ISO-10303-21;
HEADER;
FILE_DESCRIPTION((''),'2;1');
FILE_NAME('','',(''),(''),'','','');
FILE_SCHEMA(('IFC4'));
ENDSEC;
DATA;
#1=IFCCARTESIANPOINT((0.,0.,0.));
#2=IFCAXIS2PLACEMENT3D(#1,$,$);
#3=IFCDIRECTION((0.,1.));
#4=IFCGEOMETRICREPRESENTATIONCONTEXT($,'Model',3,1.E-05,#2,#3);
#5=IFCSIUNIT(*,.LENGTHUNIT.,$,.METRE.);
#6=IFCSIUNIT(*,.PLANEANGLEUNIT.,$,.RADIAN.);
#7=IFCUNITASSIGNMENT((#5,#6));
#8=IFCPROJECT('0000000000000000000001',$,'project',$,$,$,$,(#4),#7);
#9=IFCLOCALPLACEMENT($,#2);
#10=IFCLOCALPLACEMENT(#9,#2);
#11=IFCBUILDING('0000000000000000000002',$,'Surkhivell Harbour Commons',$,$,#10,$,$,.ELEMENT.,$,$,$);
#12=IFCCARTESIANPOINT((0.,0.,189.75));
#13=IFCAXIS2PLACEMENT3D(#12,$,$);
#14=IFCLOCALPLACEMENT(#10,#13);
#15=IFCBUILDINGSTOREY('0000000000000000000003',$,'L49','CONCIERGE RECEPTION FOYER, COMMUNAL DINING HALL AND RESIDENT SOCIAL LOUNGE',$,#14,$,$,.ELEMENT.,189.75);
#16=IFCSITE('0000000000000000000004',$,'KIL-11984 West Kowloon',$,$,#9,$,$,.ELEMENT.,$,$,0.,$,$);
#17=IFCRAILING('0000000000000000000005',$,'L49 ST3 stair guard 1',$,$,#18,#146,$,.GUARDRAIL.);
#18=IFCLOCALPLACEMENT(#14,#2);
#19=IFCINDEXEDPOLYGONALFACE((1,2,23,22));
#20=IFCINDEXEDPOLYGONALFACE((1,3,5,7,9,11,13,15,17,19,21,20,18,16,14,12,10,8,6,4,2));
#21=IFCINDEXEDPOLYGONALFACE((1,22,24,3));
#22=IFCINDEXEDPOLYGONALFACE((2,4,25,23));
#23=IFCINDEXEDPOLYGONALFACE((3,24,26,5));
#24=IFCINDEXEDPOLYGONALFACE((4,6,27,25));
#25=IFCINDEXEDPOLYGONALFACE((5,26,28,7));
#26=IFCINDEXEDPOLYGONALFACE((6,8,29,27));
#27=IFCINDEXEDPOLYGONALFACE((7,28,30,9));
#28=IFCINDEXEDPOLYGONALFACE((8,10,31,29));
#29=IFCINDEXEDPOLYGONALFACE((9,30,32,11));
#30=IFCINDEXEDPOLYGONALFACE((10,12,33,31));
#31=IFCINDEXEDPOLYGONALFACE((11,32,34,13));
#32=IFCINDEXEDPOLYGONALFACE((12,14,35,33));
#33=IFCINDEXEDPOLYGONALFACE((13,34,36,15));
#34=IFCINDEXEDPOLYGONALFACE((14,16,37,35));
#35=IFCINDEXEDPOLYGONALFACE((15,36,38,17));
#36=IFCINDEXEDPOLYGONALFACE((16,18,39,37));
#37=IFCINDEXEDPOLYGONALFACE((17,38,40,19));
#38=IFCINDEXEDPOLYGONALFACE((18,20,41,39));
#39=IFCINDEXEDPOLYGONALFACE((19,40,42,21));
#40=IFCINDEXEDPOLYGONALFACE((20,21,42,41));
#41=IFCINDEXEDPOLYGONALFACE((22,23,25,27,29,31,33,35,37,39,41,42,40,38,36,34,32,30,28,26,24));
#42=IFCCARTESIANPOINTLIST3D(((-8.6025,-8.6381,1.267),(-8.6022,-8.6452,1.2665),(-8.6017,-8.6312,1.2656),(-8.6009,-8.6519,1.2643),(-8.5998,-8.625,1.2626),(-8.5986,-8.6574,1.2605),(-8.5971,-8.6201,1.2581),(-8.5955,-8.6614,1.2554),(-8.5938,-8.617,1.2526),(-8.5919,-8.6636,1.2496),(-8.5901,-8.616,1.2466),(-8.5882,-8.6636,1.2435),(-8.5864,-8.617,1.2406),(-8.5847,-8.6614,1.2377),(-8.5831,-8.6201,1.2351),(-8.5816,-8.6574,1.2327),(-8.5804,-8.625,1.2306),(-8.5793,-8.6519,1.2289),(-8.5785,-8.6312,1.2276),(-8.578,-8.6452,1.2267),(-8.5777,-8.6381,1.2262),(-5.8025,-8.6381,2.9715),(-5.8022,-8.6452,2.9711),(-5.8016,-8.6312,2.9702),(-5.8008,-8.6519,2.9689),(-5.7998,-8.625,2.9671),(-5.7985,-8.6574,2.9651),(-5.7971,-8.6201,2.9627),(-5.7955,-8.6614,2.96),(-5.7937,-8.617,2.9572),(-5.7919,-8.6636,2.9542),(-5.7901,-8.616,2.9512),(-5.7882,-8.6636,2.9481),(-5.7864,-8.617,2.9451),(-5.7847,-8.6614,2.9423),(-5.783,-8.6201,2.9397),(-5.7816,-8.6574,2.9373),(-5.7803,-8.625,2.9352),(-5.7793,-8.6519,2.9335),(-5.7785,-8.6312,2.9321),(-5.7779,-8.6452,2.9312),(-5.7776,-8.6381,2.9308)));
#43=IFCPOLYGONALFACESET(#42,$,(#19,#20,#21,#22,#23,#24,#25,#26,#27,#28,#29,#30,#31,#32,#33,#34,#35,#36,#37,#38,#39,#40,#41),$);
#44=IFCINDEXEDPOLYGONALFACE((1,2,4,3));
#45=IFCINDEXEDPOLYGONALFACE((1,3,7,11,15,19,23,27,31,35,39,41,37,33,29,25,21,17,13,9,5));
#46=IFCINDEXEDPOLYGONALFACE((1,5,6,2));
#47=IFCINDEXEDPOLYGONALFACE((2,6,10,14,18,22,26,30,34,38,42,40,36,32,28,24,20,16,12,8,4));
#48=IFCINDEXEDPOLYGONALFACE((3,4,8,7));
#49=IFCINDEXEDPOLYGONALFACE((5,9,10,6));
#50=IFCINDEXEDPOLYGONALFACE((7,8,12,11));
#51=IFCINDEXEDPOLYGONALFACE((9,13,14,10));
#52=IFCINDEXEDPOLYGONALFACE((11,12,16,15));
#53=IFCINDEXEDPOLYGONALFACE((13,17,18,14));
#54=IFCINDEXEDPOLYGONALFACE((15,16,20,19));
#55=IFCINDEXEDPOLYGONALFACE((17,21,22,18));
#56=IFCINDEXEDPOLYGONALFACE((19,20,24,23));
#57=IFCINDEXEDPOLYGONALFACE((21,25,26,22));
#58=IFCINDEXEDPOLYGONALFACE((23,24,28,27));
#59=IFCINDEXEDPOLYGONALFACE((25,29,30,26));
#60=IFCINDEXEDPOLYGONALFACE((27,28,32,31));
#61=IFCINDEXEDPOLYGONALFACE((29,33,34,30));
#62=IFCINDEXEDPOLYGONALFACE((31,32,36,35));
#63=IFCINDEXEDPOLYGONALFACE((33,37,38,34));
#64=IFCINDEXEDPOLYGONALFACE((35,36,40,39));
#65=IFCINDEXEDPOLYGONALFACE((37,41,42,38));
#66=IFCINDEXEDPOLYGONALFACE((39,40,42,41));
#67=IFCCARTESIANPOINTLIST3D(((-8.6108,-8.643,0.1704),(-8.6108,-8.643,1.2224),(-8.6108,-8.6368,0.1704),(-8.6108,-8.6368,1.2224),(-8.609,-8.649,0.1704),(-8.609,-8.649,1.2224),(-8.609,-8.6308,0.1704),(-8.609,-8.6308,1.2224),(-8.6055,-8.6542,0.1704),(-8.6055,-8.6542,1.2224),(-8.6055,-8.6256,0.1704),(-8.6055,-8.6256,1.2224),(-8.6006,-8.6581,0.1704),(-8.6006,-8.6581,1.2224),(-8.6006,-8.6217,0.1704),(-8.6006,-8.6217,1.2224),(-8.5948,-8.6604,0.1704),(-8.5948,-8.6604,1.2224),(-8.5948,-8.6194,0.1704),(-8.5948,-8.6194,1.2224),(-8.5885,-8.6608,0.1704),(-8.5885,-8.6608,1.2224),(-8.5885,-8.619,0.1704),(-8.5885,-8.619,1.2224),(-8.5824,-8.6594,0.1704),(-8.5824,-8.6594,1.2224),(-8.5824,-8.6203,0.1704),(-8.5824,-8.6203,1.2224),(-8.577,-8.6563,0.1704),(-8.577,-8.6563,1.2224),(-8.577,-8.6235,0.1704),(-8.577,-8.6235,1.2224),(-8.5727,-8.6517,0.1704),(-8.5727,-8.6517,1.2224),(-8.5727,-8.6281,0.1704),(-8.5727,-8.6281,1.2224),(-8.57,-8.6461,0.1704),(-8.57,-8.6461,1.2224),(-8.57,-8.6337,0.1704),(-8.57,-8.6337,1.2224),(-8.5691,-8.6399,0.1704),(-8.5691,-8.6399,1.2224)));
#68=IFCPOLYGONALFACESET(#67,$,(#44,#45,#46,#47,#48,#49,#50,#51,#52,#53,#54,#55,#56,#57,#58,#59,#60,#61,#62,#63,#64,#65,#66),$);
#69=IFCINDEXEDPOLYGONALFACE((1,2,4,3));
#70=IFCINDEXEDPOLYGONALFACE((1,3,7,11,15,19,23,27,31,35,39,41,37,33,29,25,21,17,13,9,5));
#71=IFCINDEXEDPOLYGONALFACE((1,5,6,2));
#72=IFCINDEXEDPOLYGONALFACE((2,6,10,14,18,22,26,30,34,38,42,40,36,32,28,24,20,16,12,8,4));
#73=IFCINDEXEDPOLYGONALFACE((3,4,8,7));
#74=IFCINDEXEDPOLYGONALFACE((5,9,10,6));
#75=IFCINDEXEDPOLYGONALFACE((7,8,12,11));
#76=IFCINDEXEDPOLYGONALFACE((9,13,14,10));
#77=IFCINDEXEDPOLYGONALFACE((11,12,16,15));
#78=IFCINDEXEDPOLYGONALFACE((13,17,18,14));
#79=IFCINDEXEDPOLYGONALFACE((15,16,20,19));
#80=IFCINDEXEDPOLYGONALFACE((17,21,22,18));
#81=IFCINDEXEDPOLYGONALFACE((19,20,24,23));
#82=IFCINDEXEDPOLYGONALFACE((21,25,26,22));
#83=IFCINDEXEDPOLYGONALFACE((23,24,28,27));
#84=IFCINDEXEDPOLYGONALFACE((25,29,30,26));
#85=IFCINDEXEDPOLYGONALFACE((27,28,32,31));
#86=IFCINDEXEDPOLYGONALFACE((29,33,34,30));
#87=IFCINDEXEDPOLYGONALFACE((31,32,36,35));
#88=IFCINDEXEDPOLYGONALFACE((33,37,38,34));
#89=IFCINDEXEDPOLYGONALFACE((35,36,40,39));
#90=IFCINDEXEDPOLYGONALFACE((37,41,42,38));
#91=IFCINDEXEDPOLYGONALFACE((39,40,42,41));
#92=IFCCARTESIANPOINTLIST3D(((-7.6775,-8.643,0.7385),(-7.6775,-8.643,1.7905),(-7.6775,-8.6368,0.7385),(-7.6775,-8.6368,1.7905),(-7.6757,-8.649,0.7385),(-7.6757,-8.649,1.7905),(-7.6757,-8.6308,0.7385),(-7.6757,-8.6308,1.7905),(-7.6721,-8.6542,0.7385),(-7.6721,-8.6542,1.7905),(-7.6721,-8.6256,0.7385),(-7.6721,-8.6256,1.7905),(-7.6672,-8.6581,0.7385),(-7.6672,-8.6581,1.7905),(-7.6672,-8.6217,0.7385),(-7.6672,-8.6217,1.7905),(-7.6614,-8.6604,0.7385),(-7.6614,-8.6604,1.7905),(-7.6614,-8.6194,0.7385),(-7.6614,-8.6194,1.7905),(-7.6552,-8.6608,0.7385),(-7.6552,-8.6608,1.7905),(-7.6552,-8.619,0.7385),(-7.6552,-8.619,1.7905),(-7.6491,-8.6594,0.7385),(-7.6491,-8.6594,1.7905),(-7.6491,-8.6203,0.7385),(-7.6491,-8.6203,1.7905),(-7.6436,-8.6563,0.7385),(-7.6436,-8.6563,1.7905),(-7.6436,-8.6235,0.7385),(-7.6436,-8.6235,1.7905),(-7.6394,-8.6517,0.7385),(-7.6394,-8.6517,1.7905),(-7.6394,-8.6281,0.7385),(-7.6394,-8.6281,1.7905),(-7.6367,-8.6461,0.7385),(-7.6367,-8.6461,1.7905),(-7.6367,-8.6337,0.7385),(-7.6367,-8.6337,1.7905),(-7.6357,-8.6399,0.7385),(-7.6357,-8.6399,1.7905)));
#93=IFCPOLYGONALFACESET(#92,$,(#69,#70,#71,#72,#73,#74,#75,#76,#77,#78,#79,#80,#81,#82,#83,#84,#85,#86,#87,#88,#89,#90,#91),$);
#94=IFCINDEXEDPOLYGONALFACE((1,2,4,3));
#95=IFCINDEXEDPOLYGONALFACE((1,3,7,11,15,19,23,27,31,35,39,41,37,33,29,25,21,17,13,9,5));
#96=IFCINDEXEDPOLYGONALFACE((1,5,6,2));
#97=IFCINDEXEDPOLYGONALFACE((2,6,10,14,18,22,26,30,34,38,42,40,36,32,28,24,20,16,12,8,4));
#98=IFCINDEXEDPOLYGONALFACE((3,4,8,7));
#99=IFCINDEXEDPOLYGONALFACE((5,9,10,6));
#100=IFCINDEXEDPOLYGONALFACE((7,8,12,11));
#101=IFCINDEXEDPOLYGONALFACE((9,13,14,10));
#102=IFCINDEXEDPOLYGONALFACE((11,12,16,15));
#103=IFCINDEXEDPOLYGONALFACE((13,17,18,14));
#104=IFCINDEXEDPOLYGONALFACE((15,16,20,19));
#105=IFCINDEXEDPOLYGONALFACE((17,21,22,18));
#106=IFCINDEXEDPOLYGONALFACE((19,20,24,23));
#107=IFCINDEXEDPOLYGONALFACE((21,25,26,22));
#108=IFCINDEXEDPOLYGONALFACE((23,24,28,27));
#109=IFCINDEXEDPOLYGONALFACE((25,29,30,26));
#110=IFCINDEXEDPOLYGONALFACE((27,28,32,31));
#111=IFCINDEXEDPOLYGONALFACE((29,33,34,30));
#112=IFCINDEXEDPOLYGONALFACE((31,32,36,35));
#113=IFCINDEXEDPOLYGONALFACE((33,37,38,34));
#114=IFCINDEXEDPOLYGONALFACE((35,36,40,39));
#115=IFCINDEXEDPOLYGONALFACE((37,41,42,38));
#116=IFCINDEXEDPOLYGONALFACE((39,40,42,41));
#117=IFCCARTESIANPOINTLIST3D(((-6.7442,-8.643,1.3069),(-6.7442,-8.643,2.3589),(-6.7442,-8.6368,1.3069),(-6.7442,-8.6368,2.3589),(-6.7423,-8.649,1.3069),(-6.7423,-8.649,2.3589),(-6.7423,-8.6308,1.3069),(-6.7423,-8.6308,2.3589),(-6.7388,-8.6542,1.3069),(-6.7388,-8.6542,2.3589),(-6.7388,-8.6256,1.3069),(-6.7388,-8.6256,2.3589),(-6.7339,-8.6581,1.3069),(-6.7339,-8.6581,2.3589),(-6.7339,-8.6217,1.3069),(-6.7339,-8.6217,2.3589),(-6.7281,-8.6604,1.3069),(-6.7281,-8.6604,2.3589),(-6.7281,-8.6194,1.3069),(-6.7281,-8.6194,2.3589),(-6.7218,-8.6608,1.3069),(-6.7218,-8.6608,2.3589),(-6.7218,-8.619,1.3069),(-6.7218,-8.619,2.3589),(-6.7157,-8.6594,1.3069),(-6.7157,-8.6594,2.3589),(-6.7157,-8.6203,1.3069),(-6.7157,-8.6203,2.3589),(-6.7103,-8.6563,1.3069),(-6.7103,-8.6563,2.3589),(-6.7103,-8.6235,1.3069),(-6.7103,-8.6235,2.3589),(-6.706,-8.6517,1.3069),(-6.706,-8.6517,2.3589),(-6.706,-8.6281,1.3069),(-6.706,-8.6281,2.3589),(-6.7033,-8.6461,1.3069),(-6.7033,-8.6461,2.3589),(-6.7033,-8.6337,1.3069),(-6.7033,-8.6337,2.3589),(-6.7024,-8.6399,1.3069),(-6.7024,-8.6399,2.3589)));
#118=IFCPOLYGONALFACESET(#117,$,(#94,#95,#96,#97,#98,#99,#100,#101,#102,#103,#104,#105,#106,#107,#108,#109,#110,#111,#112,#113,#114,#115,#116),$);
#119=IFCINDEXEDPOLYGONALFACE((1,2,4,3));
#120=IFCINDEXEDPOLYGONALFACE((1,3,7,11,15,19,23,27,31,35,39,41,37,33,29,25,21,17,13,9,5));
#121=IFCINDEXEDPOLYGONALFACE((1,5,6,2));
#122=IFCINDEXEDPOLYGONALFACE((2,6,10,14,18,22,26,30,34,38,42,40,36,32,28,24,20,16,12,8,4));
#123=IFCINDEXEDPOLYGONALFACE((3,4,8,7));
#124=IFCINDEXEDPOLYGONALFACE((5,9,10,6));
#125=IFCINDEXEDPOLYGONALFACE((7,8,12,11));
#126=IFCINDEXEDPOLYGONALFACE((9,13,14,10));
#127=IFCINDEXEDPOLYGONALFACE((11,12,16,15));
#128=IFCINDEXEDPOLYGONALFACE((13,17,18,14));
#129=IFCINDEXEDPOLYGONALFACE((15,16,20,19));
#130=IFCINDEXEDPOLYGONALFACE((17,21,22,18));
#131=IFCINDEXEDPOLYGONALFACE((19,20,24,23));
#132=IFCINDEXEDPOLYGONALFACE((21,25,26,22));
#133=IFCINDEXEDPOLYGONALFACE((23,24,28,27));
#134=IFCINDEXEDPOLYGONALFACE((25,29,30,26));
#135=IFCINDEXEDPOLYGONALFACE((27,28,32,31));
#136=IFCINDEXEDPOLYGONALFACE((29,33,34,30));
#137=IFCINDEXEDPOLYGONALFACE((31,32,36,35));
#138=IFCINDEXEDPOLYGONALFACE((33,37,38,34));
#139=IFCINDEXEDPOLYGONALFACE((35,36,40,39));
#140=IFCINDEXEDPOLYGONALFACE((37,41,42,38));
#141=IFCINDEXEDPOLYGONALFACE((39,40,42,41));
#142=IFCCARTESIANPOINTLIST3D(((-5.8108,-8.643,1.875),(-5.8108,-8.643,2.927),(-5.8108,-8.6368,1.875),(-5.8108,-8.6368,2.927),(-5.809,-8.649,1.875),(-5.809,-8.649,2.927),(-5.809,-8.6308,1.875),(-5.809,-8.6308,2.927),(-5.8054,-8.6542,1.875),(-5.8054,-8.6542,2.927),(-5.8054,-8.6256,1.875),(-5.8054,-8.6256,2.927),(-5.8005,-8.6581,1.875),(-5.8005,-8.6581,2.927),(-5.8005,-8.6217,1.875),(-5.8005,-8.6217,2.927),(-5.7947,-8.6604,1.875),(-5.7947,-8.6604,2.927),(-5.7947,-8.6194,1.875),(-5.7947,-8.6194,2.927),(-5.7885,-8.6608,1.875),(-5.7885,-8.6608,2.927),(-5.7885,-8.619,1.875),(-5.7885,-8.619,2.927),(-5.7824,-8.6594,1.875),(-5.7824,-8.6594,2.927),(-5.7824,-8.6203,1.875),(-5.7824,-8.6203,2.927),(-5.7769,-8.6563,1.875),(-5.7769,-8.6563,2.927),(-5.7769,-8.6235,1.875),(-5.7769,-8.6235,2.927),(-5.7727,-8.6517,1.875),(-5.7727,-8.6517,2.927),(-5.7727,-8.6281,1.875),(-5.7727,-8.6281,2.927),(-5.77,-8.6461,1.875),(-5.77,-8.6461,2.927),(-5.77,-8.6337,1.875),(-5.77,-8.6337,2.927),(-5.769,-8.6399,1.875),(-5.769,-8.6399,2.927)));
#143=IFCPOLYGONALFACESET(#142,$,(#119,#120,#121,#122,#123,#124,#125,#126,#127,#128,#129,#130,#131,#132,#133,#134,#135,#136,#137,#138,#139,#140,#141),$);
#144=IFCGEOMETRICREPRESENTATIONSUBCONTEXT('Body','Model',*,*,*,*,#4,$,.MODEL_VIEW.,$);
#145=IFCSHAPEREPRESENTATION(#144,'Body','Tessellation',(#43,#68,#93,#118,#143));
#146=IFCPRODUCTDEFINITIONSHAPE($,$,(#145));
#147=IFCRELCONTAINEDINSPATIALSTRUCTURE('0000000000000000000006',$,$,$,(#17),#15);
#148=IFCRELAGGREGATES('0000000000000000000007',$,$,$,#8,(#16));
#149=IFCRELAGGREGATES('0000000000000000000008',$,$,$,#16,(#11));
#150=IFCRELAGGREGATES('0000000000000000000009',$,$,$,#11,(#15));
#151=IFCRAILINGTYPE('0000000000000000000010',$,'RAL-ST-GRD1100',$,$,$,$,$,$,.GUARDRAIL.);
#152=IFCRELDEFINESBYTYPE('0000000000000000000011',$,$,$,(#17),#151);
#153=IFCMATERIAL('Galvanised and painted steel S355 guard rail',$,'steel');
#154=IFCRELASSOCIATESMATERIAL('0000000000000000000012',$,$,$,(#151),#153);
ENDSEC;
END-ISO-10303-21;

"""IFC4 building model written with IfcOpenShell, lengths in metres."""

from ifc_helpers import new_model, si_unit, direction, frame, origin, origin_2d, place, context, subcontext, project, spatial, circle, extrude, material, type_object, element, save


model = new_model("IFC4")

# Units and contexts
model_context = context("Model", 3, precision=1e-05, world=origin(), true_north=direction((0.0, 1.0)))
body_context = subcontext(model_context, "Body", "Model", "MODEL_VIEW")
ifc_project = project(units=[si_unit("LENGTHUNIT", "METRE"), si_unit("PLANEANGLEUNIT", "RADIAN")], contexts=[model_context])

# Site, building, storey
site_placement = place(None, origin())
site = spatial("IfcSite", under=ifc_project, at=site_placement, Name="KIL-11984 West Kowloon", CompositionType="ELEMENT", RefElevation=0.0)
building_placement = place(site_placement, origin())
building = spatial("IfcBuilding", under=site, at=building_placement, Name="Surkhivell Harbour Commons", CompositionType="ELEMENT")
storey_placement = place(building_placement, frame((0.0, 0.0, 189.75)))
storey = spatial("IfcBuildingStorey", under=building, at=storey_placement, Name="L49", Description="CONCIERGE RECEPTION FOYER, COMMUNAL DINING HALL AND RESIDENT SOCIAL LOUNGE", CompositionType="ELEMENT", Elevation=189.75)

# Railing
ifc_material_1 = material(Name="Galvanised and painted steel S355 guard rail", Category="steel")
railing_type_1 = type_object("IfcRailingType", Name="RAL-ST-GRD1100", PredefinedType="GUARDRAIL", material=ifc_material_1)
railing_1_placement = place(storey_placement, frame((-8.5901, -8.6399, 0.1704)))
element("IfcRailing", 1, at=railing_1_placement, inside=storey, type_object=railing_type_1, Name="L49 ST3 stair guard 1", PredefinedType="GUARDRAIL", context=body_context, shape_type="SweptSolid", body=[
    extrude(circle(Radius=0.0239, at=origin_2d()), frame((0.0, 0.0, 1.0762), z_axis=(0.85417, 0.0, 0.519994), x_axis=(0.0, 1.0, 0.0)), (0.0, 0.0, 1.0), 3.2781),
    extrude(circle(Radius=0.021, at=origin_2d()), origin(), (0.0, 0.0, 1.0), 1.052),
    extrude(circle(Radius=0.021, at=origin_2d()), frame((0.9333, 0.0, 0.5681)), (0.0, 0.0, 1.0), 1.052),
    extrude(circle(Radius=0.021, at=origin_2d()), frame((1.8667, 0.0, 1.1365)), (0.0, 0.0, 1.0), 1.052),
    extrude(circle(Radius=0.021, at=origin_2d()), frame((2.8, 0.0, 1.7046)), (0.0, 0.0, 1.0), 1.052),
])

save(model, "model.ifc")
